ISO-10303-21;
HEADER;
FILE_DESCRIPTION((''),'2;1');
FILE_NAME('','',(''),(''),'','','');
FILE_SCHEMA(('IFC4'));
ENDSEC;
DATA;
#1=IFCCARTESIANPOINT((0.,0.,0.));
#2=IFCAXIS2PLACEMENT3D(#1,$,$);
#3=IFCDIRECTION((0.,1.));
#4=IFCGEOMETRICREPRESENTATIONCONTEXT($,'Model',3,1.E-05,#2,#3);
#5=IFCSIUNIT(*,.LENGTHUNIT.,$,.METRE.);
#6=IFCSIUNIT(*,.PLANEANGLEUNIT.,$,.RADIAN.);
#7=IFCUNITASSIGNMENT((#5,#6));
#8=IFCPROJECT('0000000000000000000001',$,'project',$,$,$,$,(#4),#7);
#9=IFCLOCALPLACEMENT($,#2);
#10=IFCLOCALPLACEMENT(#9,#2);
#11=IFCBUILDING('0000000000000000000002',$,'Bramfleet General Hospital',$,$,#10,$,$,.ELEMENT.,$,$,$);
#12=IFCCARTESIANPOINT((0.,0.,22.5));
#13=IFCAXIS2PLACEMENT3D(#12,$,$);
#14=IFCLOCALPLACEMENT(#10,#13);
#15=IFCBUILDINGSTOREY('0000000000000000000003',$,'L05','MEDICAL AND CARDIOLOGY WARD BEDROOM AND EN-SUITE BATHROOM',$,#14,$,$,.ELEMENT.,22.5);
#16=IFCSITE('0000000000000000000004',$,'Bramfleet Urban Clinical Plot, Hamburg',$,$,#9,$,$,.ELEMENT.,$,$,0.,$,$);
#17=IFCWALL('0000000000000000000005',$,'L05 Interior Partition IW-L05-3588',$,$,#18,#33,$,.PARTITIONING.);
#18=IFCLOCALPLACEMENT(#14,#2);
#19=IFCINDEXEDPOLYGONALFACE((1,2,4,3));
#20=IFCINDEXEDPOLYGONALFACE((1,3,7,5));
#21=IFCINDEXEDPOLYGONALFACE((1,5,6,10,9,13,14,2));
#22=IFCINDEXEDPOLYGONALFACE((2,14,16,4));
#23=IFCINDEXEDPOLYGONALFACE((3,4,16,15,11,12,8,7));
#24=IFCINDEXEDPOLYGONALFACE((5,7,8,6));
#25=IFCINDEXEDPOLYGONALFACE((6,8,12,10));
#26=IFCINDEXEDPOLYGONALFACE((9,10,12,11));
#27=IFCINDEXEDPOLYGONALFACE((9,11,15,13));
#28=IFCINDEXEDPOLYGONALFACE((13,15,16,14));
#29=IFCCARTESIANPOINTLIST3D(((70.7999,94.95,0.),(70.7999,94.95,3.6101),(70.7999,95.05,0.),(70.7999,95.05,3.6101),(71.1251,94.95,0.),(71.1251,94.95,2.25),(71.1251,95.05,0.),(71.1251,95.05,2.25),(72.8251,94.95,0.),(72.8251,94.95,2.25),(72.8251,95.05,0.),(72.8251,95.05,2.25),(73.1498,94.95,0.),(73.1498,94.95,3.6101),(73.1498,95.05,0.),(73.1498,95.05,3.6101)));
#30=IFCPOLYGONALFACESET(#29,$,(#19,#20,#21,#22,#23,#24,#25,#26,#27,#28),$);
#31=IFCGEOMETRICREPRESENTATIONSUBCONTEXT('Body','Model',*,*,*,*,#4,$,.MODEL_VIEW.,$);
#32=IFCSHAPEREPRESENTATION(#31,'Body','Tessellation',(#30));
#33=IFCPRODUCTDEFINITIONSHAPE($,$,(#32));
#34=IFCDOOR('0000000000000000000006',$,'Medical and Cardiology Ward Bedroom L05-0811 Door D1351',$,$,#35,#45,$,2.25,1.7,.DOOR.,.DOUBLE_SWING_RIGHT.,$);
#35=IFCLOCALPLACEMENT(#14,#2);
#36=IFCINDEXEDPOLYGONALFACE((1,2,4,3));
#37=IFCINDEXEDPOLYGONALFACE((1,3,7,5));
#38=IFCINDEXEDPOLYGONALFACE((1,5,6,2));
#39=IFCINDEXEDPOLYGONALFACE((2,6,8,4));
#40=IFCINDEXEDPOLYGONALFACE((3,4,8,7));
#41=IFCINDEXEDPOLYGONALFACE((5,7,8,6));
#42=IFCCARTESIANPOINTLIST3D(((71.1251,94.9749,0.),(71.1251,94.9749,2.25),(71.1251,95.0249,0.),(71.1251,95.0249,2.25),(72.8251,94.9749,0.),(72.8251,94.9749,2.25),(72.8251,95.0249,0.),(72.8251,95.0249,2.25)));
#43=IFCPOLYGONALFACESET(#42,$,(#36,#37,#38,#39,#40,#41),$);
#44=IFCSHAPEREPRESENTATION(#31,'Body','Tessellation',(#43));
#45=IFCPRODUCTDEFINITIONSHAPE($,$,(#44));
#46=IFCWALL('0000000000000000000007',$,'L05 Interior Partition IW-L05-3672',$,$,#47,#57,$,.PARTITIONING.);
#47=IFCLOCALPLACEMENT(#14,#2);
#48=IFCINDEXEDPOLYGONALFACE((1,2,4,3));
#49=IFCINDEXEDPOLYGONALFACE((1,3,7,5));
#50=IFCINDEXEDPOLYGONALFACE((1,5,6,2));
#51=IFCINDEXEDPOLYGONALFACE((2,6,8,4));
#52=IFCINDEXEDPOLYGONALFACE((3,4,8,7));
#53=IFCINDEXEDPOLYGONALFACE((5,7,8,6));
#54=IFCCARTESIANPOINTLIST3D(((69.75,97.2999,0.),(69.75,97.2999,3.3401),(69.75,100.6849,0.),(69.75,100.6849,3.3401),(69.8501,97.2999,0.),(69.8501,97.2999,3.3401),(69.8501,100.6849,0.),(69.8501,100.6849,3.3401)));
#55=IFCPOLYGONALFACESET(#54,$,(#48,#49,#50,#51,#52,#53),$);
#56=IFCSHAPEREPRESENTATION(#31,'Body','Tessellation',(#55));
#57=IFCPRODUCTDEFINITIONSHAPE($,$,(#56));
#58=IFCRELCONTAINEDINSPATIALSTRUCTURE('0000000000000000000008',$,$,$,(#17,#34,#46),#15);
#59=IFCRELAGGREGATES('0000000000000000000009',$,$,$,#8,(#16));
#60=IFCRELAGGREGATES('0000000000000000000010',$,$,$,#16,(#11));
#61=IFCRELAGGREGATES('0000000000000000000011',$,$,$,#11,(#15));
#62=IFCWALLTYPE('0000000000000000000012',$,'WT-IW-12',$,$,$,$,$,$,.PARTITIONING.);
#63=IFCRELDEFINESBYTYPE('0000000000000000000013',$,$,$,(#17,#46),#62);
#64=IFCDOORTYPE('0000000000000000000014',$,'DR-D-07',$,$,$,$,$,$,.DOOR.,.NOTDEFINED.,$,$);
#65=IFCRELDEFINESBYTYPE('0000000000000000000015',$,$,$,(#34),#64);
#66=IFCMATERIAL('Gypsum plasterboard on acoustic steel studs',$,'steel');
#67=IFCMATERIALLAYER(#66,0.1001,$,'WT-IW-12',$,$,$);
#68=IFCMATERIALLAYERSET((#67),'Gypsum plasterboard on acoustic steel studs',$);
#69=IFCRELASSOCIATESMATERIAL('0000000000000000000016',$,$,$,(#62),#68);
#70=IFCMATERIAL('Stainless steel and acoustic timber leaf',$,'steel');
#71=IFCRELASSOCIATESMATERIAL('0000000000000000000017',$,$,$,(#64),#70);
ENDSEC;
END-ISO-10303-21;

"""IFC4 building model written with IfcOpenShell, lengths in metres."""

from ifc_helpers import new_model, si_unit, direction, frame, frame_2d, origin, place, context, subcontext, project, spatial, rectangle, extrude, material, layer, layer_set, type_object, element, fill, save


model = new_model("IFC4")

# Units and contexts
model_context = context("Model", 3, precision=1e-05, world=origin(), true_north=direction((0.0, 1.0)))
body_context = subcontext(model_context, "Body", "Model", "MODEL_VIEW")
ifc_project = project(units=[si_unit("LENGTHUNIT", "METRE"), si_unit("PLANEANGLEUNIT", "RADIAN")], contexts=[model_context])

# Site, building, storey
site_placement = place(None, origin())
site = spatial("IfcSite", under=ifc_project, at=site_placement, Name="Bramfleet Urban Clinical Plot, Hamburg", CompositionType="ELEMENT", RefElevation=0.0)
building_placement = place(site_placement, origin())
building = spatial("IfcBuilding", under=site, at=building_placement, Name="Bramfleet General Hospital", CompositionType="ELEMENT")
storey_placement = place(building_placement, frame((0.0, 0.0, 22.5)))
storey = spatial("IfcBuildingStorey", under=building, at=storey_placement, Name="L05", Description="MEDICAL AND CARDIOLOGY WARD BEDROOM AND EN-SUITE BATHROOM", CompositionType="ELEMENT", Elevation=22.5)

# Shared definitions
ifc_material_1 = material(Name="Stainless steel and acoustic timber leaf", Category="steel")

# Shared definitions
ifc_material_2 = material(Name="Gypsum plasterboard on acoustic steel studs", Category="steel")

# Wall, opening, door
ifc_layer_1 = layer(ifc_material_2, 0.1001, Name="WT-IW-12")
ifc_layer_set_1 = layer_set([ifc_layer_1], Name="Gypsum plasterboard on acoustic steel studs")
wall_type_1 = type_object("IfcWallType", Name="WT-IW-12", PredefinedType="PARTITIONING", material=ifc_layer_set_1)
wall_1_placement = place(storey_placement, frame((70.8, 95.0, 0.0), z_axis=(0.0, 0.0, 1.0), x_axis=(1.0, 0.0, 0.0)))
wall_1 = element("IfcWall", 1, at=wall_1_placement, inside=storey, type_object=wall_type_1, Name="L05 Interior Partition IW-L05-3588", PredefinedType="PARTITIONING", context=body_context, shape_type="SweptSolid", body=[
    extrude(rectangle(XDim=2.3499, YDim=0.1001, at=frame_2d((1.1748, 0.0))), origin(), (0.0, 0.0, 1.0), 3.6101),
])
opening_1_placement = place(wall_1_placement, frame((0.325, 0.0, 0.0)))
opening_1 = element("IfcOpeningElement", 2, at=opening_1_placement, cuts=wall_1, PredefinedType="OPENING", context=body_context, shape_type="SweptSolid", body=[
    extrude(rectangle(XDim=1.7, YDim=2.25, at=frame_2d((0.8501, 1.125))), frame((0.0, 0.0601, 0.0), z_axis=(0.0, -1.0, 0.0), x_axis=(1.0, 0.0, 0.0)), (0.0, 0.0, 1.0), 0.1201),
])
door_type_1 = type_object("IfcDoorType", Name="DR-D-07", OperationType="NOTDEFINED", PredefinedType="DOOR", material=ifc_material_1)
door_1_placement = place(opening_1_placement, origin())
door_1 = element("IfcDoor", 3, at=door_1_placement, inside=storey, type_object=door_type_1, Name="Medical and Cardiology Ward Bedroom L05-0811 Door D1351", OperationType="DOUBLE_SWING_RIGHT", OverallHeight=2.25, OverallWidth=1.7, PredefinedType="DOOR", context=body_context, shape_type="SweptSolid", body=[
    extrude(rectangle(XDim=1.7, YDim=2.25, at=frame_2d((0.8501, 1.125))), frame((0.0, 0.0249, 0.0), z_axis=(0.0, -1.0, 0.0), x_axis=(1.0, 0.0, 0.0)), (0.0, 0.0, 1.0), 0.05),
])
fill(opening_1, door_1)

# Wall
wall_2_placement = place(storey_placement, frame((69.8, 97.3, 0.0), z_axis=(0.0, 0.0, 1.0), x_axis=(0.0, 1.0, 0.0)))
element("IfcWall", 4, at=wall_2_placement, inside=storey, type_object=wall_type_1, Name="L05 Interior Partition IW-L05-3672", PredefinedType="PARTITIONING", context=body_context, shape_type="SweptSolid", body=[
    extrude(rectangle(XDim=3.385, YDim=0.1001, at=frame_2d((1.6924, 0.0))), origin(), (0.0, 0.0, 1.0), 3.3401),
])

save(model, "model.ifc")
